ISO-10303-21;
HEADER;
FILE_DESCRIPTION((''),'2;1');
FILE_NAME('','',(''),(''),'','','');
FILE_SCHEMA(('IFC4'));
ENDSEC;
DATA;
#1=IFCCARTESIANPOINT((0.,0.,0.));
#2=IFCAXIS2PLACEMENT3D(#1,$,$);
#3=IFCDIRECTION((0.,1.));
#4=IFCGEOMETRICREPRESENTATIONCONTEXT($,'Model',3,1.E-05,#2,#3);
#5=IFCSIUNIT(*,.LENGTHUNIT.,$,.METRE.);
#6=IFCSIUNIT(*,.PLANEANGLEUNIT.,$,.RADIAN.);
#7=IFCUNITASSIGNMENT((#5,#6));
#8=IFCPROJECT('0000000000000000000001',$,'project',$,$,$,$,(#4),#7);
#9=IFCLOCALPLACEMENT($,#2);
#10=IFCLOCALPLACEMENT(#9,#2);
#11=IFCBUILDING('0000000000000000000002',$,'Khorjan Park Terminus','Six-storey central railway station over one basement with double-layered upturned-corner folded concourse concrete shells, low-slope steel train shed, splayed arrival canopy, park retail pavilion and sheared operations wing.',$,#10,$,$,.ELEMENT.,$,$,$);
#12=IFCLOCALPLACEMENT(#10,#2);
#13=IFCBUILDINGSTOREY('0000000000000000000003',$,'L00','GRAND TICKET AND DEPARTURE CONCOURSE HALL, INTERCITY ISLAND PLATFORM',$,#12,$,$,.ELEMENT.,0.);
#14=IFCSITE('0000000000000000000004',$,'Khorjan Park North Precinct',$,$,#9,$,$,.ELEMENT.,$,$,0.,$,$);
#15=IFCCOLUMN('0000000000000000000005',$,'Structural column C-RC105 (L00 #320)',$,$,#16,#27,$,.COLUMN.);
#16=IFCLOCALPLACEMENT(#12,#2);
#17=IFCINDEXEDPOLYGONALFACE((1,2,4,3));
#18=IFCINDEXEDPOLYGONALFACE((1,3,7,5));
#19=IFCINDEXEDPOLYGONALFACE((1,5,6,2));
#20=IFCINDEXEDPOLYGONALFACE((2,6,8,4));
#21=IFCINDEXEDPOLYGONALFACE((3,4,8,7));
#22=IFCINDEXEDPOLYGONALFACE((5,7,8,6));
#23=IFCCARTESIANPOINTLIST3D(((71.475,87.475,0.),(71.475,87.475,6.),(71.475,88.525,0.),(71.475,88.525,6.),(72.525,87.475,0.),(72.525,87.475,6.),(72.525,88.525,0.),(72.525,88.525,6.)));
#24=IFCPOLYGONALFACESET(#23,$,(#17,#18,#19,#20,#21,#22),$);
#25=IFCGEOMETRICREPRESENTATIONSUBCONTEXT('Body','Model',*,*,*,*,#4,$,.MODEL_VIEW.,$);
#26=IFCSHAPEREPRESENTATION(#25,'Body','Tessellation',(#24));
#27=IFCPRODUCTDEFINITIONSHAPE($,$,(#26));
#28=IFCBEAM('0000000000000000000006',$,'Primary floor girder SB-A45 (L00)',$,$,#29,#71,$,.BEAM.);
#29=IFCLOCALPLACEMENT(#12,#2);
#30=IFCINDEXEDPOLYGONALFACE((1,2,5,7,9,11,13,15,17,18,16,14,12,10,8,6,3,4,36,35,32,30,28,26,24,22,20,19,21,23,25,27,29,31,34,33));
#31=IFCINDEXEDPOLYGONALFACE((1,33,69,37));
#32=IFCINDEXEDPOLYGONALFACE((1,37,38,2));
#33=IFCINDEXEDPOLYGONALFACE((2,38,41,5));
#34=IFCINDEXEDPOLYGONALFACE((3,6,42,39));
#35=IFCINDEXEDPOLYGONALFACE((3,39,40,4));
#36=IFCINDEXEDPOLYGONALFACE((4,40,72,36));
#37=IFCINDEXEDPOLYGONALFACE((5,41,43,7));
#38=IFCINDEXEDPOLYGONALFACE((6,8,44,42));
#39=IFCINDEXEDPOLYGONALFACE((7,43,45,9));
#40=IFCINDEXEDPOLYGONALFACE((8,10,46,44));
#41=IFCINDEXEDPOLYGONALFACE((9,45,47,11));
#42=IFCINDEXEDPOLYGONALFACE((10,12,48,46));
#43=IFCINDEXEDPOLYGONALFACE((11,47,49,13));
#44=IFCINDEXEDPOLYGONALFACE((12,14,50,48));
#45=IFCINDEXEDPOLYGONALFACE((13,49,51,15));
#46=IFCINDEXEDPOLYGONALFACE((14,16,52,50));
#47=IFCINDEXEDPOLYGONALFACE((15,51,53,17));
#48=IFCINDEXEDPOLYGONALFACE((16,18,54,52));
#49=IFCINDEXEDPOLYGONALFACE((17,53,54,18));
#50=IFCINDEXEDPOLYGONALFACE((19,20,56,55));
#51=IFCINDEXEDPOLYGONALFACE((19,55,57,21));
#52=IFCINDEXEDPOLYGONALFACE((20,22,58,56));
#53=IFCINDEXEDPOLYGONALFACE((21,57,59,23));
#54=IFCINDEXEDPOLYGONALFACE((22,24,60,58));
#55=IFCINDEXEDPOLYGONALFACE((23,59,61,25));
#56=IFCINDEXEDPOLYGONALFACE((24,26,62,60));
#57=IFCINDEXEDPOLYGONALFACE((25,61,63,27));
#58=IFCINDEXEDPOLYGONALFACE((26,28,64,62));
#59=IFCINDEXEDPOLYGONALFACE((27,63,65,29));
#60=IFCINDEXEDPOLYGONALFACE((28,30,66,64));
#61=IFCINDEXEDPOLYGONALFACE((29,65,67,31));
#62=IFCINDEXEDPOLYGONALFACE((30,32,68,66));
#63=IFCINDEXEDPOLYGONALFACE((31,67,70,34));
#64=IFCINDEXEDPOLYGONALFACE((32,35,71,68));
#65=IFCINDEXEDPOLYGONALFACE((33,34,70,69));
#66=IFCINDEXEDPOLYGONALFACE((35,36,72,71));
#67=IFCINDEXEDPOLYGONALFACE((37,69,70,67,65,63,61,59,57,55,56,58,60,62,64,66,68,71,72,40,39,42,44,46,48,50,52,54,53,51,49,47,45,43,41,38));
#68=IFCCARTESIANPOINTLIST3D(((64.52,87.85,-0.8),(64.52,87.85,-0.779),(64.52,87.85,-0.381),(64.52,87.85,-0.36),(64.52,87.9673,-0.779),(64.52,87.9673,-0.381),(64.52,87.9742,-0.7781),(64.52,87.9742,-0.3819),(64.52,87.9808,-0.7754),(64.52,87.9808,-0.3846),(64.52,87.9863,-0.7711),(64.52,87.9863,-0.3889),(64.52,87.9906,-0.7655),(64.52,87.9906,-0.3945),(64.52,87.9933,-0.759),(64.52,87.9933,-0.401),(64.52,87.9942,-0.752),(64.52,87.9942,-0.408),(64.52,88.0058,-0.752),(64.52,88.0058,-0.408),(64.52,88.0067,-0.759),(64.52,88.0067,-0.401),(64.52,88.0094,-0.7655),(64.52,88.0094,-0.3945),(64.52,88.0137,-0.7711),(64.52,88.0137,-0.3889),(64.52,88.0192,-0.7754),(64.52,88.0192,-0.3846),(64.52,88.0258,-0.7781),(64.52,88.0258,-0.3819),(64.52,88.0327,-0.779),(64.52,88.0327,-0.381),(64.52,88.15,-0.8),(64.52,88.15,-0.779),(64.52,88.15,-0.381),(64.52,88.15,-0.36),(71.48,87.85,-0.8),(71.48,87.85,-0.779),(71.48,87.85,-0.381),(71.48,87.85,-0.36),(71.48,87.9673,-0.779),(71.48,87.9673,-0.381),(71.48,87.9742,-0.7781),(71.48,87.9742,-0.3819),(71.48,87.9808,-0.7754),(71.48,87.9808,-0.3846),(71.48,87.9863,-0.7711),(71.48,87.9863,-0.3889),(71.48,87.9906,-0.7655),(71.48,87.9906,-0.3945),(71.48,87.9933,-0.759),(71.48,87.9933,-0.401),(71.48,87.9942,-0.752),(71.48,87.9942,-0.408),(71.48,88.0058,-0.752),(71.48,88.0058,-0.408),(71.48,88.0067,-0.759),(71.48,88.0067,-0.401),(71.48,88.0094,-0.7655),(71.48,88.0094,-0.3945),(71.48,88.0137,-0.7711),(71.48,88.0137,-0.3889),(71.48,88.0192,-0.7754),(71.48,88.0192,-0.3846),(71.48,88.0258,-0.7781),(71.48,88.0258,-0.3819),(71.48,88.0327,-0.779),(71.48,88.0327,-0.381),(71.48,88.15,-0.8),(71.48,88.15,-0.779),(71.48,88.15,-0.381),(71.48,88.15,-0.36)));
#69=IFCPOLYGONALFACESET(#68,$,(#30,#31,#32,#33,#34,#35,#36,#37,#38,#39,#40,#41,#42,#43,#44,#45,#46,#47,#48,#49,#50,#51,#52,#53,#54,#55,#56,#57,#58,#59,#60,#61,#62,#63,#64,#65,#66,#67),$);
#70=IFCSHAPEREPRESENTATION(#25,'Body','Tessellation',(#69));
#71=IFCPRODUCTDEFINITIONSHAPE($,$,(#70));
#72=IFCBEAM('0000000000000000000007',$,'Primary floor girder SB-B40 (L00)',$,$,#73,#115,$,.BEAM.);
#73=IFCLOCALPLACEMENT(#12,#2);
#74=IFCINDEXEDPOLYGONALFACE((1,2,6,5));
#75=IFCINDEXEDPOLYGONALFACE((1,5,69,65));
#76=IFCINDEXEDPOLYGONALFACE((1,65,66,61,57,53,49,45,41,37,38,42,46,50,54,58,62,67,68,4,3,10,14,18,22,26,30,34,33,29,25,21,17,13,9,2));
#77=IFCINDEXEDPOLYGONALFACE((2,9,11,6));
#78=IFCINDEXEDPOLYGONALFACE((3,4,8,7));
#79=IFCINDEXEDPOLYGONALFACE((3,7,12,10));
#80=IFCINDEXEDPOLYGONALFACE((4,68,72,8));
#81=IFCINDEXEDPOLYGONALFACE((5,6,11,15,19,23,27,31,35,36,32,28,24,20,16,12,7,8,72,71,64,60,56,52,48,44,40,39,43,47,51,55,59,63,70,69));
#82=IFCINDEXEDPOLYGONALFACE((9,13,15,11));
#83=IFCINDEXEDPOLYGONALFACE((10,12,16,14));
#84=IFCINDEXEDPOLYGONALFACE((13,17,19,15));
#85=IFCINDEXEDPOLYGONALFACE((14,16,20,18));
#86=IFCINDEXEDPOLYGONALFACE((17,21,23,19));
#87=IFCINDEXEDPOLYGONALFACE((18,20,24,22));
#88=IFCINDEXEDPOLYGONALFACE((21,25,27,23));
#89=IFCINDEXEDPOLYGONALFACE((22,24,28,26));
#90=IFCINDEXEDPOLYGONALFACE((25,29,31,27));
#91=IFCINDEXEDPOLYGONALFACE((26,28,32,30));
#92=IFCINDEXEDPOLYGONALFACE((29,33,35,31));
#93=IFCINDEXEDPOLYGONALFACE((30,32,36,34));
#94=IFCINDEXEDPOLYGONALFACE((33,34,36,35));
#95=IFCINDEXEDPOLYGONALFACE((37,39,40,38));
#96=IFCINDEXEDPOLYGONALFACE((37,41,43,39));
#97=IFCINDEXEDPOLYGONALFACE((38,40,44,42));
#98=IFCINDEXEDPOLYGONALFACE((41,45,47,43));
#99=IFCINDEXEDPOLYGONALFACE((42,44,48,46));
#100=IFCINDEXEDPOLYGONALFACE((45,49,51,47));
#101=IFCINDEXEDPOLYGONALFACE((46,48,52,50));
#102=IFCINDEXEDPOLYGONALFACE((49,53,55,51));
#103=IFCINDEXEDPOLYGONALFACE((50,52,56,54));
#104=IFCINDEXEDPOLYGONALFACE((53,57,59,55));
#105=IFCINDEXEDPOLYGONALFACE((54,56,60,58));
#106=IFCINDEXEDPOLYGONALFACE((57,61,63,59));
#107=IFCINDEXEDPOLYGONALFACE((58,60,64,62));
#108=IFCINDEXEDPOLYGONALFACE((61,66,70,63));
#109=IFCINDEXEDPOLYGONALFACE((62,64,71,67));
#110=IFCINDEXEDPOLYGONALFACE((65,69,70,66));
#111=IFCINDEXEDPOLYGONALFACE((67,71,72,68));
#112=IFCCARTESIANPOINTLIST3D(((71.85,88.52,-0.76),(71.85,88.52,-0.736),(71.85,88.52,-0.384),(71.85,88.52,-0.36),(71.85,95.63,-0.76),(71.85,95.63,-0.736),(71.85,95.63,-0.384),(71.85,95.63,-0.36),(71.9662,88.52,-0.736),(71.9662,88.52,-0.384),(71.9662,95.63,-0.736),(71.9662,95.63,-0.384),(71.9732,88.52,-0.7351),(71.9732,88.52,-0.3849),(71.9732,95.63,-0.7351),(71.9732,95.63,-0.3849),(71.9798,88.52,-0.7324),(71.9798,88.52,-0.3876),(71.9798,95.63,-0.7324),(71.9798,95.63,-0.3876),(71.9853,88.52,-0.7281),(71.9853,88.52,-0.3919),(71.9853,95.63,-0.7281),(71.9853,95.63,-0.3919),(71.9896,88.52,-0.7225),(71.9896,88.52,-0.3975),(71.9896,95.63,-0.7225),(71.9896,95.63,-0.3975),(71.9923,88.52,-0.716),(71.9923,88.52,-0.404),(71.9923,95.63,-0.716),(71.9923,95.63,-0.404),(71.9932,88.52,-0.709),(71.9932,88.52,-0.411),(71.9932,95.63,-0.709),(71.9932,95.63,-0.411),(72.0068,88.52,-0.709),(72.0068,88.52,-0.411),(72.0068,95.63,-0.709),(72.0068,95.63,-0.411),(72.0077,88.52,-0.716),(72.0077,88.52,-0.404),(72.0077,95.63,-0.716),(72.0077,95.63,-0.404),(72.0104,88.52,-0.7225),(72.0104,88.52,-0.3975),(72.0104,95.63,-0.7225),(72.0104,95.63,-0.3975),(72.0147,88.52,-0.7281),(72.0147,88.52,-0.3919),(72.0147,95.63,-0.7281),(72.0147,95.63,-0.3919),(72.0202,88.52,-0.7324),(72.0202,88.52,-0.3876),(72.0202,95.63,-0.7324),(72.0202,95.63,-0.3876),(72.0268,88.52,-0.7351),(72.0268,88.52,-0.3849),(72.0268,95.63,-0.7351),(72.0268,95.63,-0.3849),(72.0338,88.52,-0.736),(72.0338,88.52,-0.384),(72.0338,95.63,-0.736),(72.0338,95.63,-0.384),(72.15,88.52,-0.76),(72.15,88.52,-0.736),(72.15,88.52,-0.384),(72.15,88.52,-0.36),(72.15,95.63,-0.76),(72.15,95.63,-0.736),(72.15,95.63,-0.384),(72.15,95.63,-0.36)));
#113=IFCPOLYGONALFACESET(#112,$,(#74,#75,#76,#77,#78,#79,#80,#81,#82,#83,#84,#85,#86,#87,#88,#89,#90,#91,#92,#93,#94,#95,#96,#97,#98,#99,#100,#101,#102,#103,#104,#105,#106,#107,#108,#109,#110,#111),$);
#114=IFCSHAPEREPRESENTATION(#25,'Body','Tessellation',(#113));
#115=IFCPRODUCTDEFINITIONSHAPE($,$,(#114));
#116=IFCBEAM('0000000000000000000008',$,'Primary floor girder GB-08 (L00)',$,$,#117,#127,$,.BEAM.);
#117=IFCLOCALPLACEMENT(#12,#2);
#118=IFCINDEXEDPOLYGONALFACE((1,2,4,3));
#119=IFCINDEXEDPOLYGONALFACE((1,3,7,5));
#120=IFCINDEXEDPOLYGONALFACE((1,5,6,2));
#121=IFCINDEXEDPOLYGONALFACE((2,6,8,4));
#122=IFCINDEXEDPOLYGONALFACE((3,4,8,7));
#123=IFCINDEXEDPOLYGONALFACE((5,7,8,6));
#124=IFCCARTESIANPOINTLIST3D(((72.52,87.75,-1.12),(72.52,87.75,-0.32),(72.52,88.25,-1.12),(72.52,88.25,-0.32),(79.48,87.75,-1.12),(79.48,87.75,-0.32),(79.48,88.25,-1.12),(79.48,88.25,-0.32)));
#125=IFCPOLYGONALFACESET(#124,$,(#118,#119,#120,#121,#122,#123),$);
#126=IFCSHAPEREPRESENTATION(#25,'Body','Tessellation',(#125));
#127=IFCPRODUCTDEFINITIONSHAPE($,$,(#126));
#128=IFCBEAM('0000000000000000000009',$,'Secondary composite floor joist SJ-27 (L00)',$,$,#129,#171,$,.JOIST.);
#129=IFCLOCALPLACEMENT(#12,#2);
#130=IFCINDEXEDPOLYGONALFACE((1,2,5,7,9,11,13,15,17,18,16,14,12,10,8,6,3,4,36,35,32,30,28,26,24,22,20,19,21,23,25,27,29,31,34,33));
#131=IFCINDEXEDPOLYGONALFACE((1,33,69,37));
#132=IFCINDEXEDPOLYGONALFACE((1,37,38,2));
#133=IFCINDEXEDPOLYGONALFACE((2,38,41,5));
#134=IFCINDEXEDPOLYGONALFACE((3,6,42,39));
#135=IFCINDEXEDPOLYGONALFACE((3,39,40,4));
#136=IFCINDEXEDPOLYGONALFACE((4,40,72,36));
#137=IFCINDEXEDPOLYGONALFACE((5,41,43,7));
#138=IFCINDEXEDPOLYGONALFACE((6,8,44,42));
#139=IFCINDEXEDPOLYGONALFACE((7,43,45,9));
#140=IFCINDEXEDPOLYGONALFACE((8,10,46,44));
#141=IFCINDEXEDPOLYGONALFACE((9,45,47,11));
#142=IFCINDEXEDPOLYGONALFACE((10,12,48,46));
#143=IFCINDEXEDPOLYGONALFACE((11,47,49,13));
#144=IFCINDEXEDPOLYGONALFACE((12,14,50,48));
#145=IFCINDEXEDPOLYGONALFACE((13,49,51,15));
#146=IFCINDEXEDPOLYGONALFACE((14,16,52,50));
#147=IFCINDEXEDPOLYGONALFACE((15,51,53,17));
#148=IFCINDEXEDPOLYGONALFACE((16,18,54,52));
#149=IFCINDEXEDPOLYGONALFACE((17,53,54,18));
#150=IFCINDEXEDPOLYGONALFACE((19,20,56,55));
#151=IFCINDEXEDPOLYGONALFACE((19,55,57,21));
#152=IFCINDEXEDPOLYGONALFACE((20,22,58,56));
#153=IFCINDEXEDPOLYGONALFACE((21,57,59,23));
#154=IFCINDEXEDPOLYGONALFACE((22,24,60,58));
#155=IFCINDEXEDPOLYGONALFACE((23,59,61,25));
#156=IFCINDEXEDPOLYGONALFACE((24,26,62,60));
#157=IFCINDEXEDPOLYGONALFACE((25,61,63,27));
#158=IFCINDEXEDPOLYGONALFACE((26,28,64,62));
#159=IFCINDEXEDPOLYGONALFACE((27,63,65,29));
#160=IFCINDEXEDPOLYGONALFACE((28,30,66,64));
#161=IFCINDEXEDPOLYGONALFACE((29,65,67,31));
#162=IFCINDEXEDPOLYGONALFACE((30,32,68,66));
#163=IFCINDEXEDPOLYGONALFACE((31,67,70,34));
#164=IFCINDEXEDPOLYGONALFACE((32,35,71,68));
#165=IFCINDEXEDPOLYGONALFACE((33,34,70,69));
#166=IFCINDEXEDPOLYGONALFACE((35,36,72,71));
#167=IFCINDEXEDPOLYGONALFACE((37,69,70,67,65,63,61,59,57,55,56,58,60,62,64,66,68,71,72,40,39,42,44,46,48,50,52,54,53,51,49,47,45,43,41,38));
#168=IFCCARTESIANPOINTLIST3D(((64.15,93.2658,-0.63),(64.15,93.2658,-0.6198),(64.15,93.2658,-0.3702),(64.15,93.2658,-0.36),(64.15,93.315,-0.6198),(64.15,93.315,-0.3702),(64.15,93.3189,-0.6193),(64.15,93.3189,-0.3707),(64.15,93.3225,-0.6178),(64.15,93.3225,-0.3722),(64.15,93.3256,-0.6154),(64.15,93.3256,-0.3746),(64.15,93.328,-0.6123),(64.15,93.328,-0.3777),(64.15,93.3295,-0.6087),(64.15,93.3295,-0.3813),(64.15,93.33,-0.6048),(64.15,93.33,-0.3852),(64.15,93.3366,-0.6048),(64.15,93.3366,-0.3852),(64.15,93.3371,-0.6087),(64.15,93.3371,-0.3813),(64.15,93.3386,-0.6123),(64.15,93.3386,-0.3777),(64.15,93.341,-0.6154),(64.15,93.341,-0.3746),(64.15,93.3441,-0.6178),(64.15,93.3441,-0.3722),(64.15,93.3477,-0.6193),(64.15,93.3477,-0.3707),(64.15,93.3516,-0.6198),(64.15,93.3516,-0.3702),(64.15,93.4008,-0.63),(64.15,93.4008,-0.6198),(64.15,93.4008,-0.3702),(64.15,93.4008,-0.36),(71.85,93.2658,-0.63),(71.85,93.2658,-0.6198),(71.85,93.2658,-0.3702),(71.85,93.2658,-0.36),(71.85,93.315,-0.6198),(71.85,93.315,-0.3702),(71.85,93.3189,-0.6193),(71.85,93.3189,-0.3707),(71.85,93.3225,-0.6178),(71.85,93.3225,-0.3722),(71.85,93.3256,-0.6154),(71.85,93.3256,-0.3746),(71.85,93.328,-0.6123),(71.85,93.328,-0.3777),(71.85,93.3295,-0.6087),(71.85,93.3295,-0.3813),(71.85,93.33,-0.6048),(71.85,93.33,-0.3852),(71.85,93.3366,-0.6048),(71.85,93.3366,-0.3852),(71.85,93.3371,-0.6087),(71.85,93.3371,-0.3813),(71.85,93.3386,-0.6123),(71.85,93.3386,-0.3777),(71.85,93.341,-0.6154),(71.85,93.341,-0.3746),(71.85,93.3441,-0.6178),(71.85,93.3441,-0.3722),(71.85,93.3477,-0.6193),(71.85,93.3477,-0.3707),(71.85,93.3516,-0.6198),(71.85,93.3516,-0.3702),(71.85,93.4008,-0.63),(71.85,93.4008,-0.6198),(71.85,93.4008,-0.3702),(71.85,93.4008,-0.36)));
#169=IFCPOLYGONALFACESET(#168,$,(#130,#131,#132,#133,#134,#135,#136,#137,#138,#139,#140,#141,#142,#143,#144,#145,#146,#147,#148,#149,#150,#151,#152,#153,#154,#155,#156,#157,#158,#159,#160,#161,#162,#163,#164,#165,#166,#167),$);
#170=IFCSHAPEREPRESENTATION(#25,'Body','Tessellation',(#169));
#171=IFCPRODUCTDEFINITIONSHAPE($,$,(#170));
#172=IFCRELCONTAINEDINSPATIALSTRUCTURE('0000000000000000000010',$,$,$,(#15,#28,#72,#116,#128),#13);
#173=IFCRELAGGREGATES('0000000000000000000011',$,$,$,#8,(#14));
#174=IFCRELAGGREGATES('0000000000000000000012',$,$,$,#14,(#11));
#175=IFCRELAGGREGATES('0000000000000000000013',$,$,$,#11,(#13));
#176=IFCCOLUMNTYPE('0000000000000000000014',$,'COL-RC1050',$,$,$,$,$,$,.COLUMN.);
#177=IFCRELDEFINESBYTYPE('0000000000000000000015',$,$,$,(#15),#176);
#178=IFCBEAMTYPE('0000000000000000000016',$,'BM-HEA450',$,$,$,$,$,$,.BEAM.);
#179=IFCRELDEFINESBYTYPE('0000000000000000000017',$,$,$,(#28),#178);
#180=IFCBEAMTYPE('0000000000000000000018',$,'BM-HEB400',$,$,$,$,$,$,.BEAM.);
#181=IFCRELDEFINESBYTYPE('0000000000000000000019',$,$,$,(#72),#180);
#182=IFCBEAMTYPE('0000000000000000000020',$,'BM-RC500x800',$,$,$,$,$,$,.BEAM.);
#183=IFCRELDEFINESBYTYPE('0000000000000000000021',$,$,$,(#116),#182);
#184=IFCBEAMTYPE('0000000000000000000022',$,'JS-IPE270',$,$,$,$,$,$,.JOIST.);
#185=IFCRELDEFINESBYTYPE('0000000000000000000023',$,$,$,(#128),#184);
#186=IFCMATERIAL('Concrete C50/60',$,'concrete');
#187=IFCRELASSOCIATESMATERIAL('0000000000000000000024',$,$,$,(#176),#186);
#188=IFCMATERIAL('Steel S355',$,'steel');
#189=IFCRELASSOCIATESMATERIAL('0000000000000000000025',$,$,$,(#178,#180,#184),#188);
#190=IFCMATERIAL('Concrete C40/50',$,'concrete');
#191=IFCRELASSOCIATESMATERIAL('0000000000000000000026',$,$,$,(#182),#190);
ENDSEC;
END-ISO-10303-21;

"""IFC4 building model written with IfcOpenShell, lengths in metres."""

from ifc_helpers import new_model, si_unit, direction, frame, origin, origin_2d, place, context, subcontext, project, spatial, rectangle, i_section, extrude, material, material_profile, profile_set, type_object, element, save


model = new_model("IFC4")

# Units and contexts
model_context = context("Model", 3, precision=1e-05, world=origin(), true_north=direction((0.0, 1.0)))
body_context = subcontext(model_context, "Body", "Model", "MODEL_VIEW")
ifc_project = project(units=[si_unit("LENGTHUNIT", "METRE"), si_unit("PLANEANGLEUNIT", "RADIAN")], contexts=[model_context])

# Site, building, storey
site_placement = place(None, origin())
site = spatial("IfcSite", under=ifc_project, at=site_placement, Name="Khorjan Park North Precinct", CompositionType="ELEMENT", RefElevation=0.0)
building_placement = place(site_placement, origin())
building = spatial("IfcBuilding", under=site, at=building_placement, Name="Khorjan Park Terminus", Description="Six-storey central railway station over one basement with double-layered upturned-corner folded concourse concrete shells, low-slope steel train shed, splayed arrival canopy, park retail pavilion and sheared operations wing.", CompositionType="ELEMENT")
storey_placement = place(building_placement, origin())
storey = spatial("IfcBuildingStorey", under=building, at=storey_placement, Name="L00", Description="GRAND TICKET AND DEPARTURE CONCOURSE HALL, INTERCITY ISLAND PLATFORM", CompositionType="ELEMENT", Elevation=0.0)

# Column
ifc_material_1 = material(Name="Concrete C50/60", Category="concrete")
ifc_material_profile_1 = material_profile(ifc_material_1, rectangle(XDim=1.05, YDim=1.05, at=origin_2d()), Name="RC 1050x1050")
ifc_profile_set_1 = profile_set([ifc_material_profile_1], Name="Concrete C50/60")
column_type = type_object("IfcColumnType", Name="COL-RC1050", PredefinedType="COLUMN", material=ifc_profile_set_1)
column_placement = place(storey_placement, frame((72.0, 88.0, 0.0), z_axis=(0.0, 0.0, 1.0), x_axis=(1.0, 0.0, 0.0)))
element("IfcColumn", 1, at=column_placement, inside=storey, type_object=column_type, Name="Structural column C-RC105 (L00 #320)", PredefinedType="COLUMN", context=body_context, shape_type="SweptSolid", body=[
    extrude(rectangle(XDim=1.05, YDim=1.05, at=origin_2d()), origin(), (0.0, 0.0, 1.0), 6.0),
])

# Beams
ifc_material_2 = material(Name="Steel S355", Category="steel")
ifc_material_profile_2 = material_profile(ifc_material_2, i_section(OverallWidth=0.3, OverallDepth=0.44, WebThickness=0.0115, FlangeThickness=0.021, FilletRadius=0.027, at=origin_2d()), Name="HEA 450")
ifc_profile_set_2 = profile_set([ifc_material_profile_2], Name="Steel S355")
beam_type_1 = type_object("IfcBeamType", Name="BM-HEA450", PredefinedType="BEAM", material=ifc_profile_set_2)
beam_1_placement = place(storey_placement, frame((64.52, 88.0, -0.58), z_axis=(1.0, 0.0, 0.0), x_axis=(0.0, 1.0, 0.0)))
element("IfcBeam", 2, at=beam_1_placement, inside=storey, type_object=beam_type_1, Name="Primary floor girder SB-A45 (L00)", PredefinedType="BEAM", context=body_context, shape_type="SweptSolid", body=[
    extrude(i_section(OverallWidth=0.3, OverallDepth=0.44, WebThickness=0.0115, FlangeThickness=0.021, FilletRadius=0.027, at=origin_2d()), origin(), (0.0, 0.0, 1.0), 6.96),
])
ifc_material_profile_3 = material_profile(ifc_material_2, i_section(OverallWidth=0.3, OverallDepth=0.4, WebThickness=0.0135, FlangeThickness=0.024, FilletRadius=0.027, at=origin_2d()), Name="HEB 400")
ifc_profile_set_3 = profile_set([ifc_material_profile_3], Name="Steel S355")
beam_type_2 = type_object("IfcBeamType", Name="BM-HEB400", PredefinedType="BEAM", material=ifc_profile_set_3)
beam_2_placement = place(storey_placement, frame((72.0, 88.52, -0.56), z_axis=(0.0, 1.0, 0.0), x_axis=(-1.0, 0.0, 0.0)))
element("IfcBeam", 3, at=beam_2_placement, inside=storey, type_object=beam_type_2, Name="Primary floor girder SB-B40 (L00)", PredefinedType="BEAM", context=body_context, shape_type="SweptSolid", body=[
    extrude(i_section(OverallWidth=0.3, OverallDepth=0.4, WebThickness=0.0135, FlangeThickness=0.024, FilletRadius=0.027, at=origin_2d()), origin(), (0.0, 0.0, 1.0), 7.11),
])
ifc_material_3 = material(Name="Concrete C40/50", Category="concrete")
ifc_material_profile_4 = material_profile(ifc_material_3, rectangle(XDim=0.5, YDim=0.8, at=origin_2d()), Name="RC 500x800")
ifc_profile_set_4 = profile_set([ifc_material_profile_4], Name="Concrete C40/50")
beam_type_3 = type_object("IfcBeamType", Name="BM-RC500x800", PredefinedType="BEAM", material=ifc_profile_set_4)
beam_3_placement = place(storey_placement, frame((72.52, 88.0, -0.72), z_axis=(1.0, 0.0, 0.0), x_axis=(0.0, 1.0, 0.0)))
element("IfcBeam", 4, at=beam_3_placement, inside=storey, type_object=beam_type_3, Name="Primary floor girder GB-08 (L00)", PredefinedType="BEAM", context=body_context, shape_type="SweptSolid", body=[
    extrude(rectangle(XDim=0.5, YDim=0.8, at=origin_2d()), origin(), (0.0, 0.0, 1.0), 6.96),
])
ifc_material_profile_5 = material_profile(ifc_material_2, i_section(OverallWidth=0.135, OverallDepth=0.27, WebThickness=0.0066, FlangeThickness=0.0102, FilletRadius=0.015, at=origin_2d()), Name="IPE 270")
ifc_profile_set_5 = profile_set([ifc_material_profile_5], Name="Steel S355")
beam_type_4 = type_object("IfcBeamType", Name="JS-IPE270", PredefinedType="JOIST", material=ifc_profile_set_5)
beam_4_placement = place(storey_placement, frame((64.15, 93.3333, -0.495), z_axis=(1.0, 0.0, 0.0), x_axis=(0.0, 1.0, 0.0)))
element("IfcBeam", 5, at=beam_4_placement, inside=storey, type_object=beam_type_4, Name="Secondary composite floor joist SJ-27 (L00)", PredefinedType="JOIST", context=body_context, shape_type="SweptSolid", body=[
    extrude(i_section(OverallWidth=0.135, OverallDepth=0.27, WebThickness=0.0066, FlangeThickness=0.0102, FilletRadius=0.015, at=origin_2d()), origin(), (0.0, 0.0, 1.0), 7.7),
])

save(model, "model.ifc")
